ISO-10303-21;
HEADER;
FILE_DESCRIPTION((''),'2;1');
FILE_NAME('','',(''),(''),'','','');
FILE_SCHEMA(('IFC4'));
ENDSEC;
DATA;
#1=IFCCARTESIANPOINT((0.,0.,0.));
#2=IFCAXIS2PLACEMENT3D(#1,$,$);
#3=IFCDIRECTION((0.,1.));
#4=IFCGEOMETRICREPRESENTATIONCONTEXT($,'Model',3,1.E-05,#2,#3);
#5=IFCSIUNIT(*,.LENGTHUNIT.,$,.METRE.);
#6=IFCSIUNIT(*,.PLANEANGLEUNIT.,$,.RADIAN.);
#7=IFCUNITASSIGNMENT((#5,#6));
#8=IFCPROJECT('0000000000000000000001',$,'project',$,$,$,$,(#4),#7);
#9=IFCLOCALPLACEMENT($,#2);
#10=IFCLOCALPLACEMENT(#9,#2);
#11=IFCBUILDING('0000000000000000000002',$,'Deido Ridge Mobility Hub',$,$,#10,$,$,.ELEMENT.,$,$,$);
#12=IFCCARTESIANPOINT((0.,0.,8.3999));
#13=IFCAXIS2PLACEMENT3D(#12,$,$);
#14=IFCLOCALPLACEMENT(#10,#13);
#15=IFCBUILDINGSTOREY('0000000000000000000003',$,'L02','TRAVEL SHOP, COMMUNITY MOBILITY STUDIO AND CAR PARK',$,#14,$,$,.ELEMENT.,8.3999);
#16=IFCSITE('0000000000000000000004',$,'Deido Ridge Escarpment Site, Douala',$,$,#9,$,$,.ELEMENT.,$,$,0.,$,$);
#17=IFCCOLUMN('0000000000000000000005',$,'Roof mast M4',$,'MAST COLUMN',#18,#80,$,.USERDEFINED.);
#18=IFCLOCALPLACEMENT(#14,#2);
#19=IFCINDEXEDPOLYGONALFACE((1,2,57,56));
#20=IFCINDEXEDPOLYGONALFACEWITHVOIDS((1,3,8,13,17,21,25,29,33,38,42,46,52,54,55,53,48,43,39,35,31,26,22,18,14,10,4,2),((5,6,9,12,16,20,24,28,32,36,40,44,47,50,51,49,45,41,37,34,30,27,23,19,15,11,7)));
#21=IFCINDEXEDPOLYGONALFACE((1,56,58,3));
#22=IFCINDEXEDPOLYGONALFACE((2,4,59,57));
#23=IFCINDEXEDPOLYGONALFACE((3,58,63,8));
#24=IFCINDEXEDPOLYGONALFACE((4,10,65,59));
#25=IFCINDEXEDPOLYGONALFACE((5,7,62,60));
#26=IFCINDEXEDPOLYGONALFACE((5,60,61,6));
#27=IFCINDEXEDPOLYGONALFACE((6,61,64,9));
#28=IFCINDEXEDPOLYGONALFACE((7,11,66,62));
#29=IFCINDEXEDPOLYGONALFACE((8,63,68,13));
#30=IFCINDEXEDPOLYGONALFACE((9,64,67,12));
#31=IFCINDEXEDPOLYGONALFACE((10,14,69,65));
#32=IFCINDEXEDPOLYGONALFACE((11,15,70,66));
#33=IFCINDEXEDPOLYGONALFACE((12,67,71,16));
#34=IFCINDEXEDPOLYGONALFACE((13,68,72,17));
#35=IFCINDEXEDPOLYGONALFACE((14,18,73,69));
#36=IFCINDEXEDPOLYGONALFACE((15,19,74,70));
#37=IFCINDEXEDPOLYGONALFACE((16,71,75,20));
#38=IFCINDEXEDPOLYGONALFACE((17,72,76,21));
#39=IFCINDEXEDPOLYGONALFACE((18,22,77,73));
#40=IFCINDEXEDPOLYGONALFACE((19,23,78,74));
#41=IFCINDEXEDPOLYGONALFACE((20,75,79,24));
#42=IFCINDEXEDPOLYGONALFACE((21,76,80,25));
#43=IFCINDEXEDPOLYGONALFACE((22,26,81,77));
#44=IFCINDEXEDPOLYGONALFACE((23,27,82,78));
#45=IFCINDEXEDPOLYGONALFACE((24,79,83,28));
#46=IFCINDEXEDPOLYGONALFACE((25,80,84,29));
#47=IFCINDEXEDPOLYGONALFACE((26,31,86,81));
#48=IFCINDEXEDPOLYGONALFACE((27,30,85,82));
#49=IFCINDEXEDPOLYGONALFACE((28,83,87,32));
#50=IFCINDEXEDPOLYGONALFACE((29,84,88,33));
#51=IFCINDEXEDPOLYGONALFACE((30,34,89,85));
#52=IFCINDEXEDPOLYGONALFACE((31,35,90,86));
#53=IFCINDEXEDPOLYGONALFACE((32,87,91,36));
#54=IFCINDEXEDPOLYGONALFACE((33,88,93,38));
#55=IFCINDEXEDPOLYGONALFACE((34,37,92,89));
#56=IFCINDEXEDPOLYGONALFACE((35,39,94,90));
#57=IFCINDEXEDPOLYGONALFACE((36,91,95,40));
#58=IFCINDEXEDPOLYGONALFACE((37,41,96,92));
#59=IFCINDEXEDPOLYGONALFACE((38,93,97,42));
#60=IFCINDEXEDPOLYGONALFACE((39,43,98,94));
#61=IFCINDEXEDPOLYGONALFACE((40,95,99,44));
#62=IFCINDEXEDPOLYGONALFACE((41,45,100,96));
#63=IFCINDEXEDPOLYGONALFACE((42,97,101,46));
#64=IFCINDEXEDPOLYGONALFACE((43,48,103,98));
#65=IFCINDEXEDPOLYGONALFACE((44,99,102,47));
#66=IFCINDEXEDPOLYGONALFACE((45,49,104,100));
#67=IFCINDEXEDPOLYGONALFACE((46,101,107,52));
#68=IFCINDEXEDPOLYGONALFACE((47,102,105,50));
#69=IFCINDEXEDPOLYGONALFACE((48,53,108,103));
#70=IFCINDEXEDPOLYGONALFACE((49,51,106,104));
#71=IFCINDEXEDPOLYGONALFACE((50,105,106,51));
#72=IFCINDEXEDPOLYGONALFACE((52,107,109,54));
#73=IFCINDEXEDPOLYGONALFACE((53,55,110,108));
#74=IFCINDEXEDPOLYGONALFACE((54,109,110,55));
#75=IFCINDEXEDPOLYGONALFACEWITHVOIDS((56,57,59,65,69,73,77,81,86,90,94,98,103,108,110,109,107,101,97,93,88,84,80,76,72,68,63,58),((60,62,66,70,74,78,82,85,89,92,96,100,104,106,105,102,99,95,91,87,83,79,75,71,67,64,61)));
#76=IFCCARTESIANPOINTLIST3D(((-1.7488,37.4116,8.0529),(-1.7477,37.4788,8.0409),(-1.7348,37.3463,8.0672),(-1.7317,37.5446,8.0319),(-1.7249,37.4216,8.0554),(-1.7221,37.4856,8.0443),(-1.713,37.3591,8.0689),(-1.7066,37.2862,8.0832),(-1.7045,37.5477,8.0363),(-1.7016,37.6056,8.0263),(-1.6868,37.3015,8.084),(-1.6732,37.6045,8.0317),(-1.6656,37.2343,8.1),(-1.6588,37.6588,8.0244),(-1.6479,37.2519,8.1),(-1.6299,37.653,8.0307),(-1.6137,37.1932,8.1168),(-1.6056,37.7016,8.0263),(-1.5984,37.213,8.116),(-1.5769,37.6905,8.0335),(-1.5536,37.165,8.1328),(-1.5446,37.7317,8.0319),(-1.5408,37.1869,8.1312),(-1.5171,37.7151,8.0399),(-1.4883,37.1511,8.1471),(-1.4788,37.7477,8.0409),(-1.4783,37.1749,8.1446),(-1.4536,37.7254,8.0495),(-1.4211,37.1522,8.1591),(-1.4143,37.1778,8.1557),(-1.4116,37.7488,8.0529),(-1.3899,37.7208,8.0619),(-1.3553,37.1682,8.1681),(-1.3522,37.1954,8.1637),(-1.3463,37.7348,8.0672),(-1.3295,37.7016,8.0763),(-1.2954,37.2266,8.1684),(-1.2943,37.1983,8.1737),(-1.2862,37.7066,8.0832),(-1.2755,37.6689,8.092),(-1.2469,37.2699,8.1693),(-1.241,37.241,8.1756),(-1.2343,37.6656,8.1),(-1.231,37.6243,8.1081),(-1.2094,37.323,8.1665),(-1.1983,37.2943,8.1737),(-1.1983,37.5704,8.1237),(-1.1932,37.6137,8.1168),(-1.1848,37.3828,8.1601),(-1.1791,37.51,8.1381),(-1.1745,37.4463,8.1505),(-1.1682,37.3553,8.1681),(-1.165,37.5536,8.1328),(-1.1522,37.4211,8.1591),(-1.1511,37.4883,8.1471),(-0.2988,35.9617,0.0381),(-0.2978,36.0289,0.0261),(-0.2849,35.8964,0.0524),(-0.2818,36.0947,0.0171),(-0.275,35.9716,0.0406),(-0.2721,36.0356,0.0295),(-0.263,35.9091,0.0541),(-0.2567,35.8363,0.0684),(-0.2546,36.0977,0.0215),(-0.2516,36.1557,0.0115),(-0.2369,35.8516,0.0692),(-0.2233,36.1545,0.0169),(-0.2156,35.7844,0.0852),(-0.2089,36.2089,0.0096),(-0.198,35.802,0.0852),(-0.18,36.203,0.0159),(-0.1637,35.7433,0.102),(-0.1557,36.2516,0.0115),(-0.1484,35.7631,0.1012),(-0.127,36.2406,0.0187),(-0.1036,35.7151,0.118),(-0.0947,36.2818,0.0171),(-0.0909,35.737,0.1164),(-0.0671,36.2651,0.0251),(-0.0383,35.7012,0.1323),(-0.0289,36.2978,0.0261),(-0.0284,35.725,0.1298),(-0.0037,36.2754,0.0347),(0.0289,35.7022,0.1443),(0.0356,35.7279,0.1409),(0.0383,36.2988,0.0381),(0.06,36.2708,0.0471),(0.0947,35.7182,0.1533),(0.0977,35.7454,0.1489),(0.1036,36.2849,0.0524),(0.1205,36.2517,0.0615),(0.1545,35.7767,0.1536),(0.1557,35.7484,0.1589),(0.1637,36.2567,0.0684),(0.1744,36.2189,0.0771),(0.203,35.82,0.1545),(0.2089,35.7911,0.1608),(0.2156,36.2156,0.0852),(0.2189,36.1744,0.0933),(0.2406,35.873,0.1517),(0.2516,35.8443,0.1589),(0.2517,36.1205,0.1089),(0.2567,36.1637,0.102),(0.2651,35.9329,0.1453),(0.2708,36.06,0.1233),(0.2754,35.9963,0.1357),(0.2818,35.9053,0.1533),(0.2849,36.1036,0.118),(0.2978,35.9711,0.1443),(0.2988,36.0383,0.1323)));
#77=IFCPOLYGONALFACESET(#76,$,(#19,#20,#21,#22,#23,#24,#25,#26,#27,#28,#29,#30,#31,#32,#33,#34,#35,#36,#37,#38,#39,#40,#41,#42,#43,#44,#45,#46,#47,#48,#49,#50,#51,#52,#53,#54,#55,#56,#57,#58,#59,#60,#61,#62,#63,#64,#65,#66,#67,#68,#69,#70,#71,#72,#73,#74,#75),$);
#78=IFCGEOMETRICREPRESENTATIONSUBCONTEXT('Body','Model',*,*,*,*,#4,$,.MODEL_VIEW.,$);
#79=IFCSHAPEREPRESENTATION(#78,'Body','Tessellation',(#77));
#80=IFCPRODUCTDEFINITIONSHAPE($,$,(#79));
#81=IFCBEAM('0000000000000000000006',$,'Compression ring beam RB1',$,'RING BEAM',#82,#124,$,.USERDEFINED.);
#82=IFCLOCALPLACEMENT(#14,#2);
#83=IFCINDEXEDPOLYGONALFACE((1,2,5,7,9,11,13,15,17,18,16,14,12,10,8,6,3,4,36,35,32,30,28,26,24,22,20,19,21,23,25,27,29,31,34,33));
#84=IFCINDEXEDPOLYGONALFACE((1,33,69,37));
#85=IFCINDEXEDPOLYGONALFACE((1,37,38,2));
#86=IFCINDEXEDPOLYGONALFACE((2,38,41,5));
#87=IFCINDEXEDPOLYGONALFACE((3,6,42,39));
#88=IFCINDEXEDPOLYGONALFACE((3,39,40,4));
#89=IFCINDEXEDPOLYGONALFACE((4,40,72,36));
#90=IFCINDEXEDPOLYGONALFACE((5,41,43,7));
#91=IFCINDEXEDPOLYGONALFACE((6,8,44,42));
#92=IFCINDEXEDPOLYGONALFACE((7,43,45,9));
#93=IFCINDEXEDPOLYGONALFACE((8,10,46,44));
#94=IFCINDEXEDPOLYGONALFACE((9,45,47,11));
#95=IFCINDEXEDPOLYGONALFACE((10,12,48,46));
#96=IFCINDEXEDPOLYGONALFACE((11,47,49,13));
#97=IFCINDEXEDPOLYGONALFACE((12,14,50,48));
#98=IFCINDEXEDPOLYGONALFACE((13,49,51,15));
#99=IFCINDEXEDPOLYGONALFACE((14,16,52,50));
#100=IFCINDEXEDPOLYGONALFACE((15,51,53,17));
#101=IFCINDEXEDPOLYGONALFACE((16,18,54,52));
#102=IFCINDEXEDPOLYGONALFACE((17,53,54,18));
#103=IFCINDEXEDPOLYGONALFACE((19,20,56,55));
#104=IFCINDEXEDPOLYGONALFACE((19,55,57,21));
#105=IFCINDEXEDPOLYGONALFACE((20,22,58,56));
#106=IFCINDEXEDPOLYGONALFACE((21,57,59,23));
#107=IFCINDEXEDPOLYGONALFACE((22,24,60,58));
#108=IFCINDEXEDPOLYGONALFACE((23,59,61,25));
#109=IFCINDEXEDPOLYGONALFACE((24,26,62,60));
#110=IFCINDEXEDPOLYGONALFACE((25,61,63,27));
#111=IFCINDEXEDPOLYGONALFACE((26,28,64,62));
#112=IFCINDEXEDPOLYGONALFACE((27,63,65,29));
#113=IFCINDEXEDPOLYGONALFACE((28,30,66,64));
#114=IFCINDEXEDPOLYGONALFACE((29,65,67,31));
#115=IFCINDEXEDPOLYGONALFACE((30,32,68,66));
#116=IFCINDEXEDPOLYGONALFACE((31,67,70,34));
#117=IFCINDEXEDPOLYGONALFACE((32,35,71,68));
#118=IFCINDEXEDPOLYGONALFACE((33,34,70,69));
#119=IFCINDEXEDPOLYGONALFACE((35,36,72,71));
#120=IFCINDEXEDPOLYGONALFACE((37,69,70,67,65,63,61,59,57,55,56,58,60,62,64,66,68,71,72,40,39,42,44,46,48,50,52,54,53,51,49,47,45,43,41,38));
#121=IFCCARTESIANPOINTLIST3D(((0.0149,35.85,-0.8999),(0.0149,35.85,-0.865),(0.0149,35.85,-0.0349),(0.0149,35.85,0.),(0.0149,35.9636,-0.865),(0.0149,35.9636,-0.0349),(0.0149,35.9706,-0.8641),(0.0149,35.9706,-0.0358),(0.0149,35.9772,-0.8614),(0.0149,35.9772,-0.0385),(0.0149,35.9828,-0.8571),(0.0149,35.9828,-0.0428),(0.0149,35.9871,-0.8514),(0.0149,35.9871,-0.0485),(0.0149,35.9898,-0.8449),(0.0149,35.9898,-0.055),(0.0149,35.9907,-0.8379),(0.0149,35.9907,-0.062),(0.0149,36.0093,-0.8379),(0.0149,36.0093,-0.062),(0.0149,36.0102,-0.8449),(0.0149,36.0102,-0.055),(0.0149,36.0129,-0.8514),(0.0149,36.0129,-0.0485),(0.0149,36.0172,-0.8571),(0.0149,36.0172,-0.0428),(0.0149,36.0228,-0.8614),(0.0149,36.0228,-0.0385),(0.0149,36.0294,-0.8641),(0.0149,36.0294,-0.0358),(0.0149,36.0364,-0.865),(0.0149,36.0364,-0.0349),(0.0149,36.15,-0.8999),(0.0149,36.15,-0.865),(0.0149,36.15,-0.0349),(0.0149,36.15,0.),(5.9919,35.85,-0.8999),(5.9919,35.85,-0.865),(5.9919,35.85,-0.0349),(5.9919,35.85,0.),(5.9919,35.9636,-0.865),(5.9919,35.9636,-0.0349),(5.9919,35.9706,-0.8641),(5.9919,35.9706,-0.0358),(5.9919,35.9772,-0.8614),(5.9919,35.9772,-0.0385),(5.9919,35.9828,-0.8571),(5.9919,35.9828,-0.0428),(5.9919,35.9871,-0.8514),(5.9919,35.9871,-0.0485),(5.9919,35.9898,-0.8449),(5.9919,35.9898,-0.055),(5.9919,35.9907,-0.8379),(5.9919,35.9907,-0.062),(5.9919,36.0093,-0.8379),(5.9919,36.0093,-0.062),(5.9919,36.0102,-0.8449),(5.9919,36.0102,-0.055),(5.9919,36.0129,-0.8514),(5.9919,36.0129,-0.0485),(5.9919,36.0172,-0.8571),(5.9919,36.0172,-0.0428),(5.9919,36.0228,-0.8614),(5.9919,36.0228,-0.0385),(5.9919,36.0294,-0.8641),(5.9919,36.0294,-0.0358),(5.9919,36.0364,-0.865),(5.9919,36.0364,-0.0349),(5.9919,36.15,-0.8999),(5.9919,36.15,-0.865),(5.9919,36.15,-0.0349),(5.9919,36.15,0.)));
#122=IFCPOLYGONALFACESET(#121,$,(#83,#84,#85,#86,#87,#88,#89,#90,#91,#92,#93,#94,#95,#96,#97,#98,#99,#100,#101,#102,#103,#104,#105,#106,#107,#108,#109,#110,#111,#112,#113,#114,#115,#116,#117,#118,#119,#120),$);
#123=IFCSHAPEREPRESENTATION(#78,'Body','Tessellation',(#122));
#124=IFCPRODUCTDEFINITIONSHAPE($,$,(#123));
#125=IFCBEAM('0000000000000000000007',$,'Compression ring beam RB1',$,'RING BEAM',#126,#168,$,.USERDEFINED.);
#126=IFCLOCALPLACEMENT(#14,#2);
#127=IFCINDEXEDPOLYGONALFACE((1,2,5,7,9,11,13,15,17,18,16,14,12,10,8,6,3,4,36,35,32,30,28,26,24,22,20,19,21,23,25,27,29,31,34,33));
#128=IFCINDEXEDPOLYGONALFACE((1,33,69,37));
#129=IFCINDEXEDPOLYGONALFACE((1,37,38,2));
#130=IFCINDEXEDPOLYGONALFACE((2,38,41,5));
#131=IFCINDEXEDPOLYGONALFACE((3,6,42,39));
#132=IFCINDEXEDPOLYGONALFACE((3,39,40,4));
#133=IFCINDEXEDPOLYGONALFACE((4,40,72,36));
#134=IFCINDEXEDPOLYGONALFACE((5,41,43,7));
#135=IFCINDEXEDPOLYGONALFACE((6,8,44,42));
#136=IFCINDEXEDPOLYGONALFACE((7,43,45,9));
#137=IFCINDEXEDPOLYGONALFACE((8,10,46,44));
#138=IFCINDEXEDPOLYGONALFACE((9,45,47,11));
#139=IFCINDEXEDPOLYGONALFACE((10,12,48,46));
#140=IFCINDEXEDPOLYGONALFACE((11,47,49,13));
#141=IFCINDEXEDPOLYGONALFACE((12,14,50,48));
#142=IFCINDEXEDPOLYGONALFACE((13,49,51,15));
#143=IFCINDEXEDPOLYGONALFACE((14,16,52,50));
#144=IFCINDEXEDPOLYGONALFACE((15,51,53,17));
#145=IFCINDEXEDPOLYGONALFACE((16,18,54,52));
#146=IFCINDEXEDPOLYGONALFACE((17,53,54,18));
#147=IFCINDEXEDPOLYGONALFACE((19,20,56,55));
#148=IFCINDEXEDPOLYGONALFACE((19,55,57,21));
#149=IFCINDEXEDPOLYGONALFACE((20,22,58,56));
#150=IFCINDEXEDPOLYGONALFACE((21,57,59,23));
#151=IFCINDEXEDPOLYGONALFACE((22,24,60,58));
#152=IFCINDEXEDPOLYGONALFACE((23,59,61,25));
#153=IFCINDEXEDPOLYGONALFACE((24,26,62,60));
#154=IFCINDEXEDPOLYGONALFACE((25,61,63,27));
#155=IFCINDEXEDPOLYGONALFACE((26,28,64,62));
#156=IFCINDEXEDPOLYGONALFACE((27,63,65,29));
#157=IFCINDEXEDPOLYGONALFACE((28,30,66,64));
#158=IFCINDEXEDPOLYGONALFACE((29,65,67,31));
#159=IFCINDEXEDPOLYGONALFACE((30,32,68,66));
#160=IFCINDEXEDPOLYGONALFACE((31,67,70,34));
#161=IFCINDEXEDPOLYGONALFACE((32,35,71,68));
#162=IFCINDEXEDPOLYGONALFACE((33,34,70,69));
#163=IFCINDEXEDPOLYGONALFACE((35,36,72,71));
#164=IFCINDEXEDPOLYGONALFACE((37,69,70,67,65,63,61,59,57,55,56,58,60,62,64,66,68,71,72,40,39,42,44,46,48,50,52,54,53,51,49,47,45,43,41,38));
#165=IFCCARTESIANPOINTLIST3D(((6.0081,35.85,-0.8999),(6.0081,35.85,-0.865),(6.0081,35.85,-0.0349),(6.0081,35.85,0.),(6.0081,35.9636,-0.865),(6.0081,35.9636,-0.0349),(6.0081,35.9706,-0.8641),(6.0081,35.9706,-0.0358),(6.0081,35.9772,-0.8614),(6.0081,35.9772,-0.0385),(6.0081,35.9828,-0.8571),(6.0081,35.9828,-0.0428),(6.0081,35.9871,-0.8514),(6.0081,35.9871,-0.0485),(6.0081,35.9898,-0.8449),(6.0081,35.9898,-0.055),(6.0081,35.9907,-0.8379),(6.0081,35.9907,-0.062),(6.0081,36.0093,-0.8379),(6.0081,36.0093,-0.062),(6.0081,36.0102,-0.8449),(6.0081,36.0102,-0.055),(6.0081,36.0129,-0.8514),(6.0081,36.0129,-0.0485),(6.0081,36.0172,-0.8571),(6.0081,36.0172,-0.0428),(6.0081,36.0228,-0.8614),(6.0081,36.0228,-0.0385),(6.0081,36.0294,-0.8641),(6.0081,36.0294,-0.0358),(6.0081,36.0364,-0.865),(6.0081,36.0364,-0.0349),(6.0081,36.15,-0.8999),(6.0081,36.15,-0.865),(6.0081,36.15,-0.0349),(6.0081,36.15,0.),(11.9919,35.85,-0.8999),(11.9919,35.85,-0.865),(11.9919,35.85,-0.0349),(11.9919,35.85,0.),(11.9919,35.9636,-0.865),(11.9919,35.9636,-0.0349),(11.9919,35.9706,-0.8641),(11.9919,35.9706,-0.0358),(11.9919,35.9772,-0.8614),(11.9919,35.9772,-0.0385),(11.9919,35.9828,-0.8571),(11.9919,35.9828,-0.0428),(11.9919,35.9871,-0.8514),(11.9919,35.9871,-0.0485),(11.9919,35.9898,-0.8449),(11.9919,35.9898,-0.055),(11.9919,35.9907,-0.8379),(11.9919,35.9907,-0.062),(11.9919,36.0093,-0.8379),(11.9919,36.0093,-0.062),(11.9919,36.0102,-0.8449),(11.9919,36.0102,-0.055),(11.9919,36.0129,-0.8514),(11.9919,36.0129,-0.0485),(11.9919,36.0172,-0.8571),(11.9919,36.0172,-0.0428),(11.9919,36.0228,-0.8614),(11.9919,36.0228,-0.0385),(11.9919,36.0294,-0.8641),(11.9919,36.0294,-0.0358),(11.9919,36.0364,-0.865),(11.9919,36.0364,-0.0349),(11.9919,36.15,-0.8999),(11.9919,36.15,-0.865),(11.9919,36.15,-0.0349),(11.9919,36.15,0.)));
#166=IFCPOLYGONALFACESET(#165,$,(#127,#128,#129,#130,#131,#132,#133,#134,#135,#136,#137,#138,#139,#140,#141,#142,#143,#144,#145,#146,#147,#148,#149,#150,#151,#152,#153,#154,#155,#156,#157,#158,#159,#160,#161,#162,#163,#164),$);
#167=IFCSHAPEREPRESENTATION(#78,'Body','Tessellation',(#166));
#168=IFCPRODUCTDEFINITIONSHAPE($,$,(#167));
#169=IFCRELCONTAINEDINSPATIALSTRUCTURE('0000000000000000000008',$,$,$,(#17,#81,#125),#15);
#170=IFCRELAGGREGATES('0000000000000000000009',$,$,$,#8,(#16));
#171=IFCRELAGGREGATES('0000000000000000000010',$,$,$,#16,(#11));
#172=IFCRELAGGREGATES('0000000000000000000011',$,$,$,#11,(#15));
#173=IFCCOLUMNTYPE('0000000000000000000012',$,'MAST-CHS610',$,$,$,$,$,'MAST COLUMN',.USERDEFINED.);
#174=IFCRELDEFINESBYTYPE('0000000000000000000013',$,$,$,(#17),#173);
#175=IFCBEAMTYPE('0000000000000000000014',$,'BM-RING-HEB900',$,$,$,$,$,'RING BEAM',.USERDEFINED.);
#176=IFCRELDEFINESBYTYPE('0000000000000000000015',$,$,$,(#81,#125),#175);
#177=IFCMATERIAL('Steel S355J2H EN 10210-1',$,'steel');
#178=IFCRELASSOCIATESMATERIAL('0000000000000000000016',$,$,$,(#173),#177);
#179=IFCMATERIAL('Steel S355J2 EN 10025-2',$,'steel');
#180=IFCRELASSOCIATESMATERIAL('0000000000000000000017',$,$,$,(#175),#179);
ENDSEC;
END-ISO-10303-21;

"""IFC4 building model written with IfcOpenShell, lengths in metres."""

from ifc_helpers import new_model, si_unit, direction, frame, origin, origin_2d, place, context, subcontext, project, spatial, hollow_circle, i_section, extrude, material, material_profile, profile_set, type_object, element, save


model = new_model("IFC4")

# Units and contexts
model_context = context("Model", 3, precision=1e-05, world=origin(), true_north=direction((0.0, 1.0)))
body_context = subcontext(model_context, "Body", "Model", "MODEL_VIEW")
ifc_project = project(units=[si_unit("LENGTHUNIT", "METRE"), si_unit("PLANEANGLEUNIT", "RADIAN")], contexts=[model_context])

# Site, building, storey
site_placement = place(None, origin())
site = spatial("IfcSite", under=ifc_project, at=site_placement, Name="Deido Ridge Escarpment Site, Douala", CompositionType="ELEMENT", RefElevation=0.0)
building_placement = place(site_placement, origin())
building = spatial("IfcBuilding", under=site, at=building_placement, Name="Deido Ridge Mobility Hub", CompositionType="ELEMENT")
storey_placement = place(building_placement, frame((0.0, 0.0, 8.3999)))
storey = spatial("IfcBuildingStorey", under=building, at=storey_placement, Name="L02", Description="TRAVEL SHOP, COMMUNITY MOBILITY STUDIO AND CAR PARK", CompositionType="ELEMENT", Elevation=8.3999)

# Column
ifc_material_1 = material(Name="Steel S355J2H EN 10210-1", Category="steel")
ifc_material_profile_1 = material_profile(ifc_material_1, hollow_circle(Radius=0.3049, WallThickness=0.0249, at=origin_2d()), Name="CHS 610x25")
ifc_profile_set_1 = profile_set([ifc_material_profile_1], Name="Steel S355J2H EN 10210-1")
column_type = type_object("IfcColumnType", Name="MAST-CHS610", ElementType="MAST COLUMN", PredefinedType="USERDEFINED", material=ifc_profile_set_1)
column_placement = place(storey_placement, frame((0.0, 36.0, 0.0852), z_axis=(-0.175262, 0.175262, 0.968796), x_axis=(-0.707107, -0.707107, 0.0)))
element("IfcColumn", 1, at=column_placement, inside=storey, type_object=column_type, Name="Roof mast M4", ObjectType="MAST COLUMN", PredefinedType="USERDEFINED", context=body_context, shape_type="SweptSolid", body=[
    extrude(hollow_circle(Radius=0.3049, WallThickness=0.0249, at=origin_2d()), origin(), (0.0, 0.0, 1.0), 8.2729),
])

# Beams
ifc_material_2 = material(Name="Steel S355J2 EN 10025-2", Category="steel")
ifc_material_profile_2 = material_profile(ifc_material_2, i_section(OverallWidth=0.3, OverallDepth=0.8999, WebThickness=0.0186, FlangeThickness=0.0349, FilletRadius=0.0271, at=origin_2d()), Name="HEB 900")
ifc_profile_set_2 = profile_set([ifc_material_profile_2], Name="Steel S355J2 EN 10025-2")
beam_type_1 = type_object("IfcBeamType", Name="BM-RING-HEB900", ElementType="RING BEAM", PredefinedType="USERDEFINED", material=ifc_profile_set_2)
beam_1_placement = place(storey_placement, frame((0.0149, 36.0, -0.45), z_axis=(1.0, 0.0, 0.0), x_axis=(0.0, 1.0, 0.0)))
element("IfcBeam", 2, at=beam_1_placement, inside=storey, type_object=beam_type_1, Name="Compression ring beam RB1", ObjectType="RING BEAM", PredefinedType="USERDEFINED", context=body_context, shape_type="SweptSolid", body=[
    extrude(i_section(OverallWidth=0.3, OverallDepth=0.8999, WebThickness=0.0186, FlangeThickness=0.0349, FilletRadius=0.0271, at=origin_2d()), origin(), (0.0, 0.0, 1.0), 5.9771),
])
beam_2_placement = place(storey_placement, frame((6.0081, 36.0, -0.45), z_axis=(1.0, 0.0, 0.0), x_axis=(0.0, 1.0, 0.0)))
element("IfcBeam", 3, at=beam_2_placement, inside=storey, type_object=beam_type_1, Name="Compression ring beam RB1", ObjectType="RING BEAM", PredefinedType="USERDEFINED", context=body_context, shape_type="SweptSolid", body=[
    extrude(i_section(OverallWidth=0.3, OverallDepth=0.8999, WebThickness=0.0186, FlangeThickness=0.0349, FilletRadius=0.0271, at=origin_2d()), origin(), (0.0, 0.0, 1.0), 5.9839),
])

save(model, "model.ifc")
